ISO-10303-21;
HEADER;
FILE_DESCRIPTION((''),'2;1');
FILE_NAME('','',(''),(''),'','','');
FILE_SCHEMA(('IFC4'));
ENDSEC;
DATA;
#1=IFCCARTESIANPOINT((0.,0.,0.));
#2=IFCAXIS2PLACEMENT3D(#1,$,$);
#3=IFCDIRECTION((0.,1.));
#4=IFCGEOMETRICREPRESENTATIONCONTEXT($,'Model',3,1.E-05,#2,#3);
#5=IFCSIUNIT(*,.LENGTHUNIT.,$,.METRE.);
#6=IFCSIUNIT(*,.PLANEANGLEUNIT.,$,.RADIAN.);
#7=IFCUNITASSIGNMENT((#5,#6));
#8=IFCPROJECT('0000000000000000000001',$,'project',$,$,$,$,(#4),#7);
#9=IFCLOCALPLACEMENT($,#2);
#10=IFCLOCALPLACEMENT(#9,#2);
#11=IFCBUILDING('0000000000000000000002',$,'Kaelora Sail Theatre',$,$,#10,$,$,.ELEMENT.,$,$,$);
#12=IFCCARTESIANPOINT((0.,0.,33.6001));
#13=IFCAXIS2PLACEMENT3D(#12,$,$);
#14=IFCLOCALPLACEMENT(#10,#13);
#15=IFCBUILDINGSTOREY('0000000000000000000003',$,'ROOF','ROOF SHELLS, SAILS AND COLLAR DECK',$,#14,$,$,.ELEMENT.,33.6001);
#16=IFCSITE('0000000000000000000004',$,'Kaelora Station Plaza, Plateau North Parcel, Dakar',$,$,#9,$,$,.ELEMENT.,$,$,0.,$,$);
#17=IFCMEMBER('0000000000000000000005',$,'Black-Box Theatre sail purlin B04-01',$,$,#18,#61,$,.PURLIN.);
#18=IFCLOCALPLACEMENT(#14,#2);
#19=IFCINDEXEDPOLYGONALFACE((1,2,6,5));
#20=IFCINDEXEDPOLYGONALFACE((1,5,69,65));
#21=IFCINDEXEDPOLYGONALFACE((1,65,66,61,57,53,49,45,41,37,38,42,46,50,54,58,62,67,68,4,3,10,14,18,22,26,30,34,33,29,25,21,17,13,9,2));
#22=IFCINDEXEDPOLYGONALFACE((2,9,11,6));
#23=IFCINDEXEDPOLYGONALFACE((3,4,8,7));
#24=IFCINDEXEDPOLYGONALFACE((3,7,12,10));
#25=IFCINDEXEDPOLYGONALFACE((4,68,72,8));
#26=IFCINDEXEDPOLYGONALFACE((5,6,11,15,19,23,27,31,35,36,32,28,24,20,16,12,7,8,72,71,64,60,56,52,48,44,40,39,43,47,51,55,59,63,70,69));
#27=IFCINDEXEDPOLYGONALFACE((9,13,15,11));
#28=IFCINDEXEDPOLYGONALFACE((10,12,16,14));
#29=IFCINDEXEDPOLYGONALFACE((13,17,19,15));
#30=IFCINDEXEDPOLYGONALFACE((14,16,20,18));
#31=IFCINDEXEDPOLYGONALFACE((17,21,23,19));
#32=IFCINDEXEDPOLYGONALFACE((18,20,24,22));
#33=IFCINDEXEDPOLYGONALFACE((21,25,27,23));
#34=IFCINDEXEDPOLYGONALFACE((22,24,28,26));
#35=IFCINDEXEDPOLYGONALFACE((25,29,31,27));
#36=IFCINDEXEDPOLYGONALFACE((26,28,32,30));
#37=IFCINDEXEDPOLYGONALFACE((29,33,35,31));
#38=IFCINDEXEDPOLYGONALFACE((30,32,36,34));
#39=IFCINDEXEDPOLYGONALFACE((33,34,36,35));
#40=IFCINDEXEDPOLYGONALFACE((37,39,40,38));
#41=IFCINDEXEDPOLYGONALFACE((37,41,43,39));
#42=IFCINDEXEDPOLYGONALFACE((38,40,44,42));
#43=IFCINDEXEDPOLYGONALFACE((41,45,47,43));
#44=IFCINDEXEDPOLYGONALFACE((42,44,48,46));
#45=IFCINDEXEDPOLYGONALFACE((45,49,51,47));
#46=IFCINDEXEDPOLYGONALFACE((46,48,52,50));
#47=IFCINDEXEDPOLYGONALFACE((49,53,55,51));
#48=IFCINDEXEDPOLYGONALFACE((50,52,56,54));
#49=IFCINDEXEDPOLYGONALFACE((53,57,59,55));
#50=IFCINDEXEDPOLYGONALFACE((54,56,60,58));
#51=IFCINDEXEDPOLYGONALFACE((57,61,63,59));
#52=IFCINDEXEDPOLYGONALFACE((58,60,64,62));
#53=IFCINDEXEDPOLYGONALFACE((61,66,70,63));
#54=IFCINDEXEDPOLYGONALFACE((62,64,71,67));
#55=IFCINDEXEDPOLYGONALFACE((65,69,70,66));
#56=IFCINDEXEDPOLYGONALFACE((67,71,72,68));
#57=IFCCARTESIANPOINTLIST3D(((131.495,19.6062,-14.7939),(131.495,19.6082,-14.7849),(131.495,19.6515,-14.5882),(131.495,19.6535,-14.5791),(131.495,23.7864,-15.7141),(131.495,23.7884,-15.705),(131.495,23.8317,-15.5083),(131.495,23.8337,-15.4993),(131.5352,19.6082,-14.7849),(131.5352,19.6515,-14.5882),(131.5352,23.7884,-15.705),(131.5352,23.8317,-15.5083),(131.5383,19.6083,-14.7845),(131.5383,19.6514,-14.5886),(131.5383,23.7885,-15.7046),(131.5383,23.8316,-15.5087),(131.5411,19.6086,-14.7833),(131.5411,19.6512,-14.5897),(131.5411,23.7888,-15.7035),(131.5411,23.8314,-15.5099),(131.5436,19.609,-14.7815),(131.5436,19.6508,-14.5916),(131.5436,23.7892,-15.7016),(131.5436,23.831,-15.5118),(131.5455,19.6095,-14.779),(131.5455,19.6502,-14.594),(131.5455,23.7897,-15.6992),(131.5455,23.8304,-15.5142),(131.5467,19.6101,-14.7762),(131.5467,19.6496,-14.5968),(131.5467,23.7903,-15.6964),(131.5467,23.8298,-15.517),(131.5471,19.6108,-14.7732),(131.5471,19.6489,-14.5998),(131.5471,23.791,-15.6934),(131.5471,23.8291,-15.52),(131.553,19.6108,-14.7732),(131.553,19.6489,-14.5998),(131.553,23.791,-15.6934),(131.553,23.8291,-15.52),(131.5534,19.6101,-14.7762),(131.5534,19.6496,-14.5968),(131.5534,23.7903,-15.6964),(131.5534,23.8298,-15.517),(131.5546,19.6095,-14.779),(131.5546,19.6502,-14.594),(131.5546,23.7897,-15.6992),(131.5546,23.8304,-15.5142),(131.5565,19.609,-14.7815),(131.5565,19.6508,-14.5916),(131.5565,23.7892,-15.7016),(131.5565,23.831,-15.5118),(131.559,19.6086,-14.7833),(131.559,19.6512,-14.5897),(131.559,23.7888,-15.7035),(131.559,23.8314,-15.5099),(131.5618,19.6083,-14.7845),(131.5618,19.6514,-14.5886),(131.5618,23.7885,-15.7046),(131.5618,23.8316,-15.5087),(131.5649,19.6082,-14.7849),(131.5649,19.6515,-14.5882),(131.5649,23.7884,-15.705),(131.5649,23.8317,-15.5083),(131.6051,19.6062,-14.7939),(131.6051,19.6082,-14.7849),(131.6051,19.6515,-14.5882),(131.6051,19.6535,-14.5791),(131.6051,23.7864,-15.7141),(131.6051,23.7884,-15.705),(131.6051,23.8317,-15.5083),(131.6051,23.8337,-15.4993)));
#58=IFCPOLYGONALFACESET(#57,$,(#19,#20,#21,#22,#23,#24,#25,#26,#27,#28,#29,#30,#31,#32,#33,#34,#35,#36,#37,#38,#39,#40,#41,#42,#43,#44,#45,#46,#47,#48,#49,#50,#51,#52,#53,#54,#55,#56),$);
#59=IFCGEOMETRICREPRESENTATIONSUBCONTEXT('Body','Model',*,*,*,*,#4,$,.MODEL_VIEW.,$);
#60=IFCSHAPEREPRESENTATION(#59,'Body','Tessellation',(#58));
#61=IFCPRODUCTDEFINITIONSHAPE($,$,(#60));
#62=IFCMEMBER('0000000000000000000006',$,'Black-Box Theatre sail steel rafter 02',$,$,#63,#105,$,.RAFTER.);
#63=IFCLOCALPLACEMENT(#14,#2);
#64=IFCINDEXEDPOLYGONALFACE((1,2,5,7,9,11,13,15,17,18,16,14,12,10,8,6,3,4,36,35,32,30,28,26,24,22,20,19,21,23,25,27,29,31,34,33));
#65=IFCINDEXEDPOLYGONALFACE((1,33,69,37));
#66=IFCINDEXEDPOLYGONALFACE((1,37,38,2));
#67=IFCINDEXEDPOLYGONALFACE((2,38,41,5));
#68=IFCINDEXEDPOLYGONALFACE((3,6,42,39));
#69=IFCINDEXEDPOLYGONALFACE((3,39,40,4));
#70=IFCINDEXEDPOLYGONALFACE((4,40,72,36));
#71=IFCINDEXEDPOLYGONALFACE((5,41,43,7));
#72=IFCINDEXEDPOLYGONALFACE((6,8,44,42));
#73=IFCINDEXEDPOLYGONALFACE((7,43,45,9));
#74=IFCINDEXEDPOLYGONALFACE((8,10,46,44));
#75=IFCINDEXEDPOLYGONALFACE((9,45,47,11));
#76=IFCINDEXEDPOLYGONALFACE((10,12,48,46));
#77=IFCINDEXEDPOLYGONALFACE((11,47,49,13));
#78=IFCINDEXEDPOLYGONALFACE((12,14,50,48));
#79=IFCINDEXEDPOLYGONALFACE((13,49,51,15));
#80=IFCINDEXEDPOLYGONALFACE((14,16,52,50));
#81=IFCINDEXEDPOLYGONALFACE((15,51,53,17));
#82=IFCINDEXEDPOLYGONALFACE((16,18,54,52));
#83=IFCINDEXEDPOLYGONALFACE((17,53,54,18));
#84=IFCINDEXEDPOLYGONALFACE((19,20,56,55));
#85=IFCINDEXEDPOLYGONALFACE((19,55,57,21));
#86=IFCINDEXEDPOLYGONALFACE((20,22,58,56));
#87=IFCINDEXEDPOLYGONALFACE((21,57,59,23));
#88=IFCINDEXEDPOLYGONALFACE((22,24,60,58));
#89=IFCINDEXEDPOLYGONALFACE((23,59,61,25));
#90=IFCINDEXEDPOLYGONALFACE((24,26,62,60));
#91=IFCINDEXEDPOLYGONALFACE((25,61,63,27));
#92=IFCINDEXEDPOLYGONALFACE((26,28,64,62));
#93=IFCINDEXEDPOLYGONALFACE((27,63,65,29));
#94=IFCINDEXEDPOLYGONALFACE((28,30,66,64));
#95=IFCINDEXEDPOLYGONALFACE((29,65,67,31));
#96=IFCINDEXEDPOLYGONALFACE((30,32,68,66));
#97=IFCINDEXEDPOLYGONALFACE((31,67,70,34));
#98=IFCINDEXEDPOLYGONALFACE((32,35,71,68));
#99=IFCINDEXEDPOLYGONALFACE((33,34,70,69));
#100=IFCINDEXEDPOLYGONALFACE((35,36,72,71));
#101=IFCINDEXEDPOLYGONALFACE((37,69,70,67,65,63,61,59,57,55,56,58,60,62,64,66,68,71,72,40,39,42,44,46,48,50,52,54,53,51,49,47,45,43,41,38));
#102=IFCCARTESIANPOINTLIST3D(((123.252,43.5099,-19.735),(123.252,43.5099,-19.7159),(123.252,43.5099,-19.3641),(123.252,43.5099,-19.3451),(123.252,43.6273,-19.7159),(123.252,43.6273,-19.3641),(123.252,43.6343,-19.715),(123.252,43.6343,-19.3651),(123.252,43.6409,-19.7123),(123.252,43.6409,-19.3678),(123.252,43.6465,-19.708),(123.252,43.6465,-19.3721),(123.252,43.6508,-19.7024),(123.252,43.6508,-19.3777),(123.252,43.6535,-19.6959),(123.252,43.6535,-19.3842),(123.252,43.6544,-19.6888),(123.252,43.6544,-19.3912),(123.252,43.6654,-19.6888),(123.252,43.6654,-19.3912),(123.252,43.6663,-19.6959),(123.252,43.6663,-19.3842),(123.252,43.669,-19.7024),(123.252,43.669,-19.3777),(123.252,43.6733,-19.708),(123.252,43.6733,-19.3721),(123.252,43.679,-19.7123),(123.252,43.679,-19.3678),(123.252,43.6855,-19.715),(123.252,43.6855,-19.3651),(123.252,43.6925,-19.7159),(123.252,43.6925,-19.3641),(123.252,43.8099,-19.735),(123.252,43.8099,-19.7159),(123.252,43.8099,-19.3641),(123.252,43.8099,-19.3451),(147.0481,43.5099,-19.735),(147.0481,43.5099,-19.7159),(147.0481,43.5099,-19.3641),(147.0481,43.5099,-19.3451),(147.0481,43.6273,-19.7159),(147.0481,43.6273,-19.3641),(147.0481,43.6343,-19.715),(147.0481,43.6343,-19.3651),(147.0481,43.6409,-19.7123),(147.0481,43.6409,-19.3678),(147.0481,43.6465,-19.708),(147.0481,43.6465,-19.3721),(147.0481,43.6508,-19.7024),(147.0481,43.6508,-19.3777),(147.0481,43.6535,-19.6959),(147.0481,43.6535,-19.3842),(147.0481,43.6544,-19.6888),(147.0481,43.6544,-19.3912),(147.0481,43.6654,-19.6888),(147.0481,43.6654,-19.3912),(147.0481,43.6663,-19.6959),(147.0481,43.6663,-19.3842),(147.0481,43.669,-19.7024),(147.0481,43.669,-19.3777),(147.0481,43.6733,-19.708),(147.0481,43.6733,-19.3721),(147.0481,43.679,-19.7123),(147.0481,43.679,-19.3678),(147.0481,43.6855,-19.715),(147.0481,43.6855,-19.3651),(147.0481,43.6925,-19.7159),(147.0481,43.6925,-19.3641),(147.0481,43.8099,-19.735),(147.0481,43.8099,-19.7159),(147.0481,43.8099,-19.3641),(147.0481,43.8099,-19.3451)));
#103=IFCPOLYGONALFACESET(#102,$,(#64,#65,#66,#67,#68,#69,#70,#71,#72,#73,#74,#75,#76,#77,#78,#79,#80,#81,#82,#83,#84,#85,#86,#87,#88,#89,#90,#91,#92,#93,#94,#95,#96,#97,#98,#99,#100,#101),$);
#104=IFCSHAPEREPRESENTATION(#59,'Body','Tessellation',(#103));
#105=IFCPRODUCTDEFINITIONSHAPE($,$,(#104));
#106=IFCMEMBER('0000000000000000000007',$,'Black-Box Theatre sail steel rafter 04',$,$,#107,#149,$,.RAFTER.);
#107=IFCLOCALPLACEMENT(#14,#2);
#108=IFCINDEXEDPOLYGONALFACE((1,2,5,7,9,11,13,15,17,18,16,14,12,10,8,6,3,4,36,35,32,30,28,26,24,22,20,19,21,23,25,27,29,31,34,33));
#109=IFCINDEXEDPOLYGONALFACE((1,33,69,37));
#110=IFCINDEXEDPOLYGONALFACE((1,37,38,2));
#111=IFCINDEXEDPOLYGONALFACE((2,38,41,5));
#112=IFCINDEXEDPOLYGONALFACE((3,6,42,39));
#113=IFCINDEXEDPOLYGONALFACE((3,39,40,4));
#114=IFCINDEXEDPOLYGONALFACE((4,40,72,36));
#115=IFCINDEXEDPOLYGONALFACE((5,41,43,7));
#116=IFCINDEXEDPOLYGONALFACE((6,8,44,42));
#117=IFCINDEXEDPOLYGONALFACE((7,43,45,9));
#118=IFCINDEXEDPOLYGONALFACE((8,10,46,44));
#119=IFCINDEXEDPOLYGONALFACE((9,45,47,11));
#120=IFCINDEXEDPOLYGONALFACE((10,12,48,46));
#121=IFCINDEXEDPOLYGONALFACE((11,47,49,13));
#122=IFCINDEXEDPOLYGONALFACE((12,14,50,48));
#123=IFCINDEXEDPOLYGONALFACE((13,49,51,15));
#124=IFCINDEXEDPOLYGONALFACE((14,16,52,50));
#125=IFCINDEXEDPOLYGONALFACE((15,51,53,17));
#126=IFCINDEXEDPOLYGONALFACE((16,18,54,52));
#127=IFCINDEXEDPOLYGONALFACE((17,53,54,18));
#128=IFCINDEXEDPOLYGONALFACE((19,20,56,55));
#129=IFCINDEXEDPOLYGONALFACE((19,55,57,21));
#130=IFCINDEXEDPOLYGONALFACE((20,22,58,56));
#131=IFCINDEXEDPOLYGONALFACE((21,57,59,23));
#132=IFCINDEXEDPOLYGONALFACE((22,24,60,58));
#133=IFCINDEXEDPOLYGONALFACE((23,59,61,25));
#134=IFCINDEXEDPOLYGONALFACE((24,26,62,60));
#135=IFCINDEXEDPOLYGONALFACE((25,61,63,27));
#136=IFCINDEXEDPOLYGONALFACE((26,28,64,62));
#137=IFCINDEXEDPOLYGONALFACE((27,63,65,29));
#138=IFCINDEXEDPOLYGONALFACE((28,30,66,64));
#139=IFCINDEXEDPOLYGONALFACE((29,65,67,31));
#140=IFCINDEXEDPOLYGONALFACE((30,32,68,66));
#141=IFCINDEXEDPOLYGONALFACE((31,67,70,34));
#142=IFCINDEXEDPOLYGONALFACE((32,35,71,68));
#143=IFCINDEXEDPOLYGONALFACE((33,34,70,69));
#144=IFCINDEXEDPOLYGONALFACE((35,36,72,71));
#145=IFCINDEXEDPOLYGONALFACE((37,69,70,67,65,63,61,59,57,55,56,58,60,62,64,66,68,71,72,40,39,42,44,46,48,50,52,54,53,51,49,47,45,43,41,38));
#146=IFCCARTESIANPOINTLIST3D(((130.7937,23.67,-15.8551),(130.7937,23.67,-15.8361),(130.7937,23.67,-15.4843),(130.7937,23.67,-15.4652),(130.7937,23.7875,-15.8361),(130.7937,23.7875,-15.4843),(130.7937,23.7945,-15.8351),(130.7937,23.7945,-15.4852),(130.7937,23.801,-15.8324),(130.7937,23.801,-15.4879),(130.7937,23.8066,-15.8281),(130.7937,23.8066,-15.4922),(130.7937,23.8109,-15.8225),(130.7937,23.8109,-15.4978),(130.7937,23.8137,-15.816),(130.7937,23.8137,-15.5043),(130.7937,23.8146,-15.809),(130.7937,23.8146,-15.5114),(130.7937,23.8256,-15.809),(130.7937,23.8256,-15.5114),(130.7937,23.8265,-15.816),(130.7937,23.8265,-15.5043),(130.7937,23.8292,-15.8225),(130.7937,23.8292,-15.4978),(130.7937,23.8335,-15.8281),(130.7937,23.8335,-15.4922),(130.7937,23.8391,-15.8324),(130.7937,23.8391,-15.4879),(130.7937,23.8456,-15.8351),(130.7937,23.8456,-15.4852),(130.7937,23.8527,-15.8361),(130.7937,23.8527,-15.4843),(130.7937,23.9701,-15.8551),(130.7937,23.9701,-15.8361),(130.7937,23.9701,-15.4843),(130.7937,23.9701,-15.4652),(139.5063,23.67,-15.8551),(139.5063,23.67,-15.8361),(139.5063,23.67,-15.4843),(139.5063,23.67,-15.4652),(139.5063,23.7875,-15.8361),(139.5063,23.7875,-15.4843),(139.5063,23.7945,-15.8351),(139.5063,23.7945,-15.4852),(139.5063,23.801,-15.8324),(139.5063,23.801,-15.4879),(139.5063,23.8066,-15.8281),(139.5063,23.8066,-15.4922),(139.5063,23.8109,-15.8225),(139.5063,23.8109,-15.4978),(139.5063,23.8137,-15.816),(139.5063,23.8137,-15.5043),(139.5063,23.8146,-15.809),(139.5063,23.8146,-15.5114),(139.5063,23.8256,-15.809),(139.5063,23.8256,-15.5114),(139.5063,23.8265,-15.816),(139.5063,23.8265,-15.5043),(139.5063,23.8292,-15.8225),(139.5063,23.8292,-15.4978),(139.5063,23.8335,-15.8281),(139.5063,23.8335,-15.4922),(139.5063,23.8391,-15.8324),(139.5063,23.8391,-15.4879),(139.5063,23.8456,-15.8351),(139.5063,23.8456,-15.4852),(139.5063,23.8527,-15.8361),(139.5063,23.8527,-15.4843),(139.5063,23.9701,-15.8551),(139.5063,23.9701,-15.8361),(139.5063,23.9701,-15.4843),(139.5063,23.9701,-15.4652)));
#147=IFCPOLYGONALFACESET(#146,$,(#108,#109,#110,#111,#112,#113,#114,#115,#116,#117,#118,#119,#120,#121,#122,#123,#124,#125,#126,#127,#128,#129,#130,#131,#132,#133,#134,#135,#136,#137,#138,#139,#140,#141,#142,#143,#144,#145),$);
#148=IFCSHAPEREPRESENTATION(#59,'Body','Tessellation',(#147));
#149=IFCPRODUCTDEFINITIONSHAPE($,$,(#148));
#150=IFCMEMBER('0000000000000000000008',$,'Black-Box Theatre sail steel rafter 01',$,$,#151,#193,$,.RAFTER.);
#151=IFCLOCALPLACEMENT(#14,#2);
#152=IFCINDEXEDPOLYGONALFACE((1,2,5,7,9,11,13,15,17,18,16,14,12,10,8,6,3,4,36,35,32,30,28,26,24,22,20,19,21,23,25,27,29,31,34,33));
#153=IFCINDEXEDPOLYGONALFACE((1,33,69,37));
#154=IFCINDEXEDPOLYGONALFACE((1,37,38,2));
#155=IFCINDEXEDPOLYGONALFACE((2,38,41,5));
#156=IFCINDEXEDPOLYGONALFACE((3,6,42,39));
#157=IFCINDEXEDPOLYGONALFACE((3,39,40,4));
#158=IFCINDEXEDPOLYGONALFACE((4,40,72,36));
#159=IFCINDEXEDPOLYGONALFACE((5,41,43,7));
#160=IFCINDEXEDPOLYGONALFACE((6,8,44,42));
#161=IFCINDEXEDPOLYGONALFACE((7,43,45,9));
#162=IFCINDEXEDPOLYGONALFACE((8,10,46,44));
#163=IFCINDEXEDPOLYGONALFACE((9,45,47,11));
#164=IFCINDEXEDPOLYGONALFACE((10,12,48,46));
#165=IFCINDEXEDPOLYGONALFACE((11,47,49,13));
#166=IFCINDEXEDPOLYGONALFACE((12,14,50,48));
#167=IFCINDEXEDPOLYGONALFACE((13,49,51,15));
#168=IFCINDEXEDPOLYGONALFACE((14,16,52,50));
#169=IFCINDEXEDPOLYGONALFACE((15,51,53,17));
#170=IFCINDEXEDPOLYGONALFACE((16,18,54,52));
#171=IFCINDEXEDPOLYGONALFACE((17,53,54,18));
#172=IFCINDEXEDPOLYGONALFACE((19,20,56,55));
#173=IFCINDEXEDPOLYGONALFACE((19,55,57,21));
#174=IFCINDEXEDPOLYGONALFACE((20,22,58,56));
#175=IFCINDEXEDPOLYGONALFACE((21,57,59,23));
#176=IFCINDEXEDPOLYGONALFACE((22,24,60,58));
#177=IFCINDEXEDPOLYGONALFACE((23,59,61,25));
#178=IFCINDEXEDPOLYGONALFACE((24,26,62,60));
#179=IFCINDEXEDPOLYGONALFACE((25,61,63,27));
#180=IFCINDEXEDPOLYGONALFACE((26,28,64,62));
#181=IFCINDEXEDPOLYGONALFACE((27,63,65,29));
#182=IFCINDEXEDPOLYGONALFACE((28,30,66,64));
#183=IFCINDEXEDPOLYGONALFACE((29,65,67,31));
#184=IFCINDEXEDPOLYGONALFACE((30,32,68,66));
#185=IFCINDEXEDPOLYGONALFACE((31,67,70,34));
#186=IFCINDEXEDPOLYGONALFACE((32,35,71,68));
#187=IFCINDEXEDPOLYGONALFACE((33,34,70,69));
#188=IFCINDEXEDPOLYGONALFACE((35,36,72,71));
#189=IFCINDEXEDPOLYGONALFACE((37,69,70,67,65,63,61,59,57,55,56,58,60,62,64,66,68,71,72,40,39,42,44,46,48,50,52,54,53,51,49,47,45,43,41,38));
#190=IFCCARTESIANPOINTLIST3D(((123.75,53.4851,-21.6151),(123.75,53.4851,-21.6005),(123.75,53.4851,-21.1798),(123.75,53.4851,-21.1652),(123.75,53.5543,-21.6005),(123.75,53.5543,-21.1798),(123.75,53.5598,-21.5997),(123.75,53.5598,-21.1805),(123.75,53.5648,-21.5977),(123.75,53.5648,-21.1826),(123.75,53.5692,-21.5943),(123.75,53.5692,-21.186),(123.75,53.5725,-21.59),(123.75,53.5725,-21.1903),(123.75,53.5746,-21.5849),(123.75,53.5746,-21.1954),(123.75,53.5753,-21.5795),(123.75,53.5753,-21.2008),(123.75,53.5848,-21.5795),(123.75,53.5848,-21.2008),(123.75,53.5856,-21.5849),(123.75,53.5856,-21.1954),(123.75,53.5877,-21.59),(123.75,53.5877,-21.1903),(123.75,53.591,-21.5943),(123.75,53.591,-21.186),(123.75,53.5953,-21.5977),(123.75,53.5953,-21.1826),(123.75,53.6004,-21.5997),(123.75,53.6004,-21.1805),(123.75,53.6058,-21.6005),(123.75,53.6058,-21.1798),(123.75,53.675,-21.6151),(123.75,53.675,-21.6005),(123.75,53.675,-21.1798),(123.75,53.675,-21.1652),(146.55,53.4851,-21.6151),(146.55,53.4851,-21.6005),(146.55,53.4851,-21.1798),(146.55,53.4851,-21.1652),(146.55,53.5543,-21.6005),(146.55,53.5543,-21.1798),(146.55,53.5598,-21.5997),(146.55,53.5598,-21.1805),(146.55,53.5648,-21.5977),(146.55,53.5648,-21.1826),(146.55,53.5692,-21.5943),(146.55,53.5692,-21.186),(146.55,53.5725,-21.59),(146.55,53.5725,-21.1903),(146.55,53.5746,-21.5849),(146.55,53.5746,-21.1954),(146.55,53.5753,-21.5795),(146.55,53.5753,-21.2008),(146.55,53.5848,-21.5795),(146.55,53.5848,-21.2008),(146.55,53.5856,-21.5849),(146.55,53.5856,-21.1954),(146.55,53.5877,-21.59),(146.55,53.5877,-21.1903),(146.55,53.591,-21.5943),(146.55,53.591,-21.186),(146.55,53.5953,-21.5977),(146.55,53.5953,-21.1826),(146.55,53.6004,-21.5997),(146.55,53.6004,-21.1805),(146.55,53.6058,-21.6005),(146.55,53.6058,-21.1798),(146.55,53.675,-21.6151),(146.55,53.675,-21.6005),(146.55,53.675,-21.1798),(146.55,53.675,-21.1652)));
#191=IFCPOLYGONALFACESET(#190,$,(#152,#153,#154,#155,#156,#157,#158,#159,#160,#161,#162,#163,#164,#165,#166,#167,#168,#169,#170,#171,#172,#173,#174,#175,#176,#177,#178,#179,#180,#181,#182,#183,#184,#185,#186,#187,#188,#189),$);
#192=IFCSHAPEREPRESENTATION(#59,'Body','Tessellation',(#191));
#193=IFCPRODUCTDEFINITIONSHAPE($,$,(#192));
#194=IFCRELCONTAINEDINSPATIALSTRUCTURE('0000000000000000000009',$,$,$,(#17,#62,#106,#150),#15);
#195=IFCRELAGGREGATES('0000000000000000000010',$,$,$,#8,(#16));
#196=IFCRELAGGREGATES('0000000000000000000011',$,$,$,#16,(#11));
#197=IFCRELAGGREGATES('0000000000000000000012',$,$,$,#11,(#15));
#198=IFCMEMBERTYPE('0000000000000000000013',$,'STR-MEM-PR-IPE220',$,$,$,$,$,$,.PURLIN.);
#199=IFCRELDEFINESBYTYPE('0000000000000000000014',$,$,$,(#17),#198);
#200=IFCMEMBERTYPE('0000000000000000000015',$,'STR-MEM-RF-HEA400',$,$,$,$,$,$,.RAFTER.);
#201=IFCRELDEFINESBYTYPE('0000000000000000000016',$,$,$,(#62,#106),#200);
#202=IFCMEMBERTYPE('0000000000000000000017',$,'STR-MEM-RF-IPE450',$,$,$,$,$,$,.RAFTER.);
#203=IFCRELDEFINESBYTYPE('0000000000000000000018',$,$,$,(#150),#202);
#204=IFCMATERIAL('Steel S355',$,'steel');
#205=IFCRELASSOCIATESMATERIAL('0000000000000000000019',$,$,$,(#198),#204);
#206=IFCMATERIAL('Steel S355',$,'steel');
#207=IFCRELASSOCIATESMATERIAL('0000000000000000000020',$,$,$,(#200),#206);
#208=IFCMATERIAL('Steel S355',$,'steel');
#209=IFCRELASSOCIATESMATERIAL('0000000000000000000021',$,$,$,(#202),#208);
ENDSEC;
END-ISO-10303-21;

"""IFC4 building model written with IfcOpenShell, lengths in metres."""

from ifc_helpers import new_model, si_unit, direction, frame, origin, origin_2d, place, context, subcontext, project, spatial, i_section, extrude, material, material_profile, profile_set, type_object, element, save


model = new_model("IFC4")

# Units and contexts
model_context = context("Model", 3, precision=1e-05, world=origin(), true_north=direction((0.0, 1.0)))
body_context = subcontext(model_context, "Body", "Model", "MODEL_VIEW")
ifc_project = project(units=[si_unit("LENGTHUNIT", "METRE"), si_unit("PLANEANGLEUNIT", "RADIAN")], contexts=[model_context])

# Site, building, storey
site_placement = place(None, origin())
site = spatial("IfcSite", under=ifc_project, at=site_placement, Name="Kaelora Station Plaza, Plateau North Parcel, Dakar", CompositionType="ELEMENT", RefElevation=0.0)
building_placement = place(site_placement, origin())
building = spatial("IfcBuilding", under=site, at=building_placement, Name="Kaelora Sail Theatre", CompositionType="ELEMENT")
storey_placement = place(building_placement, frame((0.0, 0.0, 33.6001)))
storey = spatial("IfcBuildingStorey", under=building, at=storey_placement, Name="ROOF", Description="ROOF SHELLS, SAILS AND COLLAR DECK", CompositionType="ELEMENT", Elevation=33.6001)

# Members
ifc_material_1 = material(Name="Steel S355", Category="steel")
ifc_material_profile_1 = material_profile(ifc_material_1, i_section(OverallWidth=0.1101, OverallDepth=0.22, WebThickness=0.0059, FlangeThickness=0.0093, FilletRadius=0.012, at=origin_2d()), Name="IPE 220")
ifc_profile_set_1 = profile_set([ifc_material_profile_1], Name="Steel S355")
member_type_1 = type_object("IfcMemberType", Name="STR-MEM-PR-IPE220", PredefinedType="PURLIN", material=ifc_profile_set_1)
member_1_placement = place(storey_placement, frame((131.55, 23.8101, -15.6067), z_axis=(0.0, -0.976619, 0.214979), x_axis=(1.0, 0.0, 0.0)))
element("IfcMember", 1, at=member_1_placement, inside=storey, type_object=member_type_1, Name="Black-Box Theatre sail purlin B04-01", PredefinedType="PURLIN", context=body_context, shape_type="SweptSolid", body=[
    extrude(i_section(OverallWidth=0.1101, OverallDepth=0.22, WebThickness=0.0059, FlangeThickness=0.0093, FilletRadius=0.012, at=origin_2d()), origin(), (0.0, 0.0, 1.0), 4.2803),
])
ifc_material_2 = material(Name="Steel S355", Category="steel")
ifc_material_profile_2 = material_profile(ifc_material_2, i_section(OverallWidth=0.3, OverallDepth=0.3899, WebThickness=0.011, FlangeThickness=0.019, FilletRadius=0.0271, at=origin_2d()), Name="HEA 400")
ifc_profile_set_2 = profile_set([ifc_material_profile_2], Name="Steel S355")
member_type_2 = type_object("IfcMemberType", Name="STR-MEM-RF-HEA400", PredefinedType="RAFTER", material=ifc_profile_set_2)
member_2_placement = place(storey_placement, frame((123.252, 43.6599, -19.54), z_axis=(1.0, 0.0, 0.0), x_axis=(0.0, 1.0, 0.0)))
element("IfcMember", 2, at=member_2_placement, inside=storey, type_object=member_type_2, Name="Black-Box Theatre sail steel rafter 02", PredefinedType="RAFTER", context=body_context, shape_type="SweptSolid", body=[
    extrude(i_section(OverallWidth=0.3, OverallDepth=0.3899, WebThickness=0.011, FlangeThickness=0.019, FilletRadius=0.0271, at=origin_2d()), origin(), (0.0, 0.0, 1.0), 23.7961),
])
member_3_placement = place(storey_placement, frame((130.7937, 23.8201, -15.6602), z_axis=(1.0, 0.0, 0.0), x_axis=(0.0, 1.0, 0.0)))
element("IfcMember", 3, at=member_3_placement, inside=storey, type_object=member_type_2, Name="Black-Box Theatre sail steel rafter 04", PredefinedType="RAFTER", context=body_context, shape_type="SweptSolid", body=[
    extrude(i_section(OverallWidth=0.3, OverallDepth=0.3899, WebThickness=0.011, FlangeThickness=0.019, FilletRadius=0.0271, at=origin_2d()), origin(), (0.0, 0.0, 1.0), 8.7126),
])
ifc_material_3 = material(Name="Steel S355", Category="steel")
ifc_material_profile_3 = material_profile(ifc_material_3, i_section(OverallWidth=0.1899, OverallDepth=0.45, WebThickness=0.0095, FlangeThickness=0.0146, FilletRadius=0.021, at=origin_2d()), Name="IPE 450")
ifc_profile_set_3 = profile_set([ifc_material_profile_3], Name="Steel S355")
member_type_3 = type_object("IfcMemberType", Name="STR-MEM-RF-IPE450", PredefinedType="RAFTER", material=ifc_profile_set_3)
member_4_placement = place(storey_placement, frame((123.75, 53.5801, -21.3901), z_axis=(1.0, 0.0, 0.0), x_axis=(0.0, 1.0, 0.0)))
element("IfcMember", 4, at=member_4_placement, inside=storey, type_object=member_type_3, Name="Black-Box Theatre sail steel rafter 01", PredefinedType="RAFTER", context=body_context, shape_type="SweptSolid", body=[
    extrude(i_section(OverallWidth=0.1899, OverallDepth=0.45, WebThickness=0.0095, FlangeThickness=0.0146, FilletRadius=0.021, at=origin_2d()), origin(), (0.0, 0.0, 1.0), 22.8),
])

save(model, "model.ifc")
